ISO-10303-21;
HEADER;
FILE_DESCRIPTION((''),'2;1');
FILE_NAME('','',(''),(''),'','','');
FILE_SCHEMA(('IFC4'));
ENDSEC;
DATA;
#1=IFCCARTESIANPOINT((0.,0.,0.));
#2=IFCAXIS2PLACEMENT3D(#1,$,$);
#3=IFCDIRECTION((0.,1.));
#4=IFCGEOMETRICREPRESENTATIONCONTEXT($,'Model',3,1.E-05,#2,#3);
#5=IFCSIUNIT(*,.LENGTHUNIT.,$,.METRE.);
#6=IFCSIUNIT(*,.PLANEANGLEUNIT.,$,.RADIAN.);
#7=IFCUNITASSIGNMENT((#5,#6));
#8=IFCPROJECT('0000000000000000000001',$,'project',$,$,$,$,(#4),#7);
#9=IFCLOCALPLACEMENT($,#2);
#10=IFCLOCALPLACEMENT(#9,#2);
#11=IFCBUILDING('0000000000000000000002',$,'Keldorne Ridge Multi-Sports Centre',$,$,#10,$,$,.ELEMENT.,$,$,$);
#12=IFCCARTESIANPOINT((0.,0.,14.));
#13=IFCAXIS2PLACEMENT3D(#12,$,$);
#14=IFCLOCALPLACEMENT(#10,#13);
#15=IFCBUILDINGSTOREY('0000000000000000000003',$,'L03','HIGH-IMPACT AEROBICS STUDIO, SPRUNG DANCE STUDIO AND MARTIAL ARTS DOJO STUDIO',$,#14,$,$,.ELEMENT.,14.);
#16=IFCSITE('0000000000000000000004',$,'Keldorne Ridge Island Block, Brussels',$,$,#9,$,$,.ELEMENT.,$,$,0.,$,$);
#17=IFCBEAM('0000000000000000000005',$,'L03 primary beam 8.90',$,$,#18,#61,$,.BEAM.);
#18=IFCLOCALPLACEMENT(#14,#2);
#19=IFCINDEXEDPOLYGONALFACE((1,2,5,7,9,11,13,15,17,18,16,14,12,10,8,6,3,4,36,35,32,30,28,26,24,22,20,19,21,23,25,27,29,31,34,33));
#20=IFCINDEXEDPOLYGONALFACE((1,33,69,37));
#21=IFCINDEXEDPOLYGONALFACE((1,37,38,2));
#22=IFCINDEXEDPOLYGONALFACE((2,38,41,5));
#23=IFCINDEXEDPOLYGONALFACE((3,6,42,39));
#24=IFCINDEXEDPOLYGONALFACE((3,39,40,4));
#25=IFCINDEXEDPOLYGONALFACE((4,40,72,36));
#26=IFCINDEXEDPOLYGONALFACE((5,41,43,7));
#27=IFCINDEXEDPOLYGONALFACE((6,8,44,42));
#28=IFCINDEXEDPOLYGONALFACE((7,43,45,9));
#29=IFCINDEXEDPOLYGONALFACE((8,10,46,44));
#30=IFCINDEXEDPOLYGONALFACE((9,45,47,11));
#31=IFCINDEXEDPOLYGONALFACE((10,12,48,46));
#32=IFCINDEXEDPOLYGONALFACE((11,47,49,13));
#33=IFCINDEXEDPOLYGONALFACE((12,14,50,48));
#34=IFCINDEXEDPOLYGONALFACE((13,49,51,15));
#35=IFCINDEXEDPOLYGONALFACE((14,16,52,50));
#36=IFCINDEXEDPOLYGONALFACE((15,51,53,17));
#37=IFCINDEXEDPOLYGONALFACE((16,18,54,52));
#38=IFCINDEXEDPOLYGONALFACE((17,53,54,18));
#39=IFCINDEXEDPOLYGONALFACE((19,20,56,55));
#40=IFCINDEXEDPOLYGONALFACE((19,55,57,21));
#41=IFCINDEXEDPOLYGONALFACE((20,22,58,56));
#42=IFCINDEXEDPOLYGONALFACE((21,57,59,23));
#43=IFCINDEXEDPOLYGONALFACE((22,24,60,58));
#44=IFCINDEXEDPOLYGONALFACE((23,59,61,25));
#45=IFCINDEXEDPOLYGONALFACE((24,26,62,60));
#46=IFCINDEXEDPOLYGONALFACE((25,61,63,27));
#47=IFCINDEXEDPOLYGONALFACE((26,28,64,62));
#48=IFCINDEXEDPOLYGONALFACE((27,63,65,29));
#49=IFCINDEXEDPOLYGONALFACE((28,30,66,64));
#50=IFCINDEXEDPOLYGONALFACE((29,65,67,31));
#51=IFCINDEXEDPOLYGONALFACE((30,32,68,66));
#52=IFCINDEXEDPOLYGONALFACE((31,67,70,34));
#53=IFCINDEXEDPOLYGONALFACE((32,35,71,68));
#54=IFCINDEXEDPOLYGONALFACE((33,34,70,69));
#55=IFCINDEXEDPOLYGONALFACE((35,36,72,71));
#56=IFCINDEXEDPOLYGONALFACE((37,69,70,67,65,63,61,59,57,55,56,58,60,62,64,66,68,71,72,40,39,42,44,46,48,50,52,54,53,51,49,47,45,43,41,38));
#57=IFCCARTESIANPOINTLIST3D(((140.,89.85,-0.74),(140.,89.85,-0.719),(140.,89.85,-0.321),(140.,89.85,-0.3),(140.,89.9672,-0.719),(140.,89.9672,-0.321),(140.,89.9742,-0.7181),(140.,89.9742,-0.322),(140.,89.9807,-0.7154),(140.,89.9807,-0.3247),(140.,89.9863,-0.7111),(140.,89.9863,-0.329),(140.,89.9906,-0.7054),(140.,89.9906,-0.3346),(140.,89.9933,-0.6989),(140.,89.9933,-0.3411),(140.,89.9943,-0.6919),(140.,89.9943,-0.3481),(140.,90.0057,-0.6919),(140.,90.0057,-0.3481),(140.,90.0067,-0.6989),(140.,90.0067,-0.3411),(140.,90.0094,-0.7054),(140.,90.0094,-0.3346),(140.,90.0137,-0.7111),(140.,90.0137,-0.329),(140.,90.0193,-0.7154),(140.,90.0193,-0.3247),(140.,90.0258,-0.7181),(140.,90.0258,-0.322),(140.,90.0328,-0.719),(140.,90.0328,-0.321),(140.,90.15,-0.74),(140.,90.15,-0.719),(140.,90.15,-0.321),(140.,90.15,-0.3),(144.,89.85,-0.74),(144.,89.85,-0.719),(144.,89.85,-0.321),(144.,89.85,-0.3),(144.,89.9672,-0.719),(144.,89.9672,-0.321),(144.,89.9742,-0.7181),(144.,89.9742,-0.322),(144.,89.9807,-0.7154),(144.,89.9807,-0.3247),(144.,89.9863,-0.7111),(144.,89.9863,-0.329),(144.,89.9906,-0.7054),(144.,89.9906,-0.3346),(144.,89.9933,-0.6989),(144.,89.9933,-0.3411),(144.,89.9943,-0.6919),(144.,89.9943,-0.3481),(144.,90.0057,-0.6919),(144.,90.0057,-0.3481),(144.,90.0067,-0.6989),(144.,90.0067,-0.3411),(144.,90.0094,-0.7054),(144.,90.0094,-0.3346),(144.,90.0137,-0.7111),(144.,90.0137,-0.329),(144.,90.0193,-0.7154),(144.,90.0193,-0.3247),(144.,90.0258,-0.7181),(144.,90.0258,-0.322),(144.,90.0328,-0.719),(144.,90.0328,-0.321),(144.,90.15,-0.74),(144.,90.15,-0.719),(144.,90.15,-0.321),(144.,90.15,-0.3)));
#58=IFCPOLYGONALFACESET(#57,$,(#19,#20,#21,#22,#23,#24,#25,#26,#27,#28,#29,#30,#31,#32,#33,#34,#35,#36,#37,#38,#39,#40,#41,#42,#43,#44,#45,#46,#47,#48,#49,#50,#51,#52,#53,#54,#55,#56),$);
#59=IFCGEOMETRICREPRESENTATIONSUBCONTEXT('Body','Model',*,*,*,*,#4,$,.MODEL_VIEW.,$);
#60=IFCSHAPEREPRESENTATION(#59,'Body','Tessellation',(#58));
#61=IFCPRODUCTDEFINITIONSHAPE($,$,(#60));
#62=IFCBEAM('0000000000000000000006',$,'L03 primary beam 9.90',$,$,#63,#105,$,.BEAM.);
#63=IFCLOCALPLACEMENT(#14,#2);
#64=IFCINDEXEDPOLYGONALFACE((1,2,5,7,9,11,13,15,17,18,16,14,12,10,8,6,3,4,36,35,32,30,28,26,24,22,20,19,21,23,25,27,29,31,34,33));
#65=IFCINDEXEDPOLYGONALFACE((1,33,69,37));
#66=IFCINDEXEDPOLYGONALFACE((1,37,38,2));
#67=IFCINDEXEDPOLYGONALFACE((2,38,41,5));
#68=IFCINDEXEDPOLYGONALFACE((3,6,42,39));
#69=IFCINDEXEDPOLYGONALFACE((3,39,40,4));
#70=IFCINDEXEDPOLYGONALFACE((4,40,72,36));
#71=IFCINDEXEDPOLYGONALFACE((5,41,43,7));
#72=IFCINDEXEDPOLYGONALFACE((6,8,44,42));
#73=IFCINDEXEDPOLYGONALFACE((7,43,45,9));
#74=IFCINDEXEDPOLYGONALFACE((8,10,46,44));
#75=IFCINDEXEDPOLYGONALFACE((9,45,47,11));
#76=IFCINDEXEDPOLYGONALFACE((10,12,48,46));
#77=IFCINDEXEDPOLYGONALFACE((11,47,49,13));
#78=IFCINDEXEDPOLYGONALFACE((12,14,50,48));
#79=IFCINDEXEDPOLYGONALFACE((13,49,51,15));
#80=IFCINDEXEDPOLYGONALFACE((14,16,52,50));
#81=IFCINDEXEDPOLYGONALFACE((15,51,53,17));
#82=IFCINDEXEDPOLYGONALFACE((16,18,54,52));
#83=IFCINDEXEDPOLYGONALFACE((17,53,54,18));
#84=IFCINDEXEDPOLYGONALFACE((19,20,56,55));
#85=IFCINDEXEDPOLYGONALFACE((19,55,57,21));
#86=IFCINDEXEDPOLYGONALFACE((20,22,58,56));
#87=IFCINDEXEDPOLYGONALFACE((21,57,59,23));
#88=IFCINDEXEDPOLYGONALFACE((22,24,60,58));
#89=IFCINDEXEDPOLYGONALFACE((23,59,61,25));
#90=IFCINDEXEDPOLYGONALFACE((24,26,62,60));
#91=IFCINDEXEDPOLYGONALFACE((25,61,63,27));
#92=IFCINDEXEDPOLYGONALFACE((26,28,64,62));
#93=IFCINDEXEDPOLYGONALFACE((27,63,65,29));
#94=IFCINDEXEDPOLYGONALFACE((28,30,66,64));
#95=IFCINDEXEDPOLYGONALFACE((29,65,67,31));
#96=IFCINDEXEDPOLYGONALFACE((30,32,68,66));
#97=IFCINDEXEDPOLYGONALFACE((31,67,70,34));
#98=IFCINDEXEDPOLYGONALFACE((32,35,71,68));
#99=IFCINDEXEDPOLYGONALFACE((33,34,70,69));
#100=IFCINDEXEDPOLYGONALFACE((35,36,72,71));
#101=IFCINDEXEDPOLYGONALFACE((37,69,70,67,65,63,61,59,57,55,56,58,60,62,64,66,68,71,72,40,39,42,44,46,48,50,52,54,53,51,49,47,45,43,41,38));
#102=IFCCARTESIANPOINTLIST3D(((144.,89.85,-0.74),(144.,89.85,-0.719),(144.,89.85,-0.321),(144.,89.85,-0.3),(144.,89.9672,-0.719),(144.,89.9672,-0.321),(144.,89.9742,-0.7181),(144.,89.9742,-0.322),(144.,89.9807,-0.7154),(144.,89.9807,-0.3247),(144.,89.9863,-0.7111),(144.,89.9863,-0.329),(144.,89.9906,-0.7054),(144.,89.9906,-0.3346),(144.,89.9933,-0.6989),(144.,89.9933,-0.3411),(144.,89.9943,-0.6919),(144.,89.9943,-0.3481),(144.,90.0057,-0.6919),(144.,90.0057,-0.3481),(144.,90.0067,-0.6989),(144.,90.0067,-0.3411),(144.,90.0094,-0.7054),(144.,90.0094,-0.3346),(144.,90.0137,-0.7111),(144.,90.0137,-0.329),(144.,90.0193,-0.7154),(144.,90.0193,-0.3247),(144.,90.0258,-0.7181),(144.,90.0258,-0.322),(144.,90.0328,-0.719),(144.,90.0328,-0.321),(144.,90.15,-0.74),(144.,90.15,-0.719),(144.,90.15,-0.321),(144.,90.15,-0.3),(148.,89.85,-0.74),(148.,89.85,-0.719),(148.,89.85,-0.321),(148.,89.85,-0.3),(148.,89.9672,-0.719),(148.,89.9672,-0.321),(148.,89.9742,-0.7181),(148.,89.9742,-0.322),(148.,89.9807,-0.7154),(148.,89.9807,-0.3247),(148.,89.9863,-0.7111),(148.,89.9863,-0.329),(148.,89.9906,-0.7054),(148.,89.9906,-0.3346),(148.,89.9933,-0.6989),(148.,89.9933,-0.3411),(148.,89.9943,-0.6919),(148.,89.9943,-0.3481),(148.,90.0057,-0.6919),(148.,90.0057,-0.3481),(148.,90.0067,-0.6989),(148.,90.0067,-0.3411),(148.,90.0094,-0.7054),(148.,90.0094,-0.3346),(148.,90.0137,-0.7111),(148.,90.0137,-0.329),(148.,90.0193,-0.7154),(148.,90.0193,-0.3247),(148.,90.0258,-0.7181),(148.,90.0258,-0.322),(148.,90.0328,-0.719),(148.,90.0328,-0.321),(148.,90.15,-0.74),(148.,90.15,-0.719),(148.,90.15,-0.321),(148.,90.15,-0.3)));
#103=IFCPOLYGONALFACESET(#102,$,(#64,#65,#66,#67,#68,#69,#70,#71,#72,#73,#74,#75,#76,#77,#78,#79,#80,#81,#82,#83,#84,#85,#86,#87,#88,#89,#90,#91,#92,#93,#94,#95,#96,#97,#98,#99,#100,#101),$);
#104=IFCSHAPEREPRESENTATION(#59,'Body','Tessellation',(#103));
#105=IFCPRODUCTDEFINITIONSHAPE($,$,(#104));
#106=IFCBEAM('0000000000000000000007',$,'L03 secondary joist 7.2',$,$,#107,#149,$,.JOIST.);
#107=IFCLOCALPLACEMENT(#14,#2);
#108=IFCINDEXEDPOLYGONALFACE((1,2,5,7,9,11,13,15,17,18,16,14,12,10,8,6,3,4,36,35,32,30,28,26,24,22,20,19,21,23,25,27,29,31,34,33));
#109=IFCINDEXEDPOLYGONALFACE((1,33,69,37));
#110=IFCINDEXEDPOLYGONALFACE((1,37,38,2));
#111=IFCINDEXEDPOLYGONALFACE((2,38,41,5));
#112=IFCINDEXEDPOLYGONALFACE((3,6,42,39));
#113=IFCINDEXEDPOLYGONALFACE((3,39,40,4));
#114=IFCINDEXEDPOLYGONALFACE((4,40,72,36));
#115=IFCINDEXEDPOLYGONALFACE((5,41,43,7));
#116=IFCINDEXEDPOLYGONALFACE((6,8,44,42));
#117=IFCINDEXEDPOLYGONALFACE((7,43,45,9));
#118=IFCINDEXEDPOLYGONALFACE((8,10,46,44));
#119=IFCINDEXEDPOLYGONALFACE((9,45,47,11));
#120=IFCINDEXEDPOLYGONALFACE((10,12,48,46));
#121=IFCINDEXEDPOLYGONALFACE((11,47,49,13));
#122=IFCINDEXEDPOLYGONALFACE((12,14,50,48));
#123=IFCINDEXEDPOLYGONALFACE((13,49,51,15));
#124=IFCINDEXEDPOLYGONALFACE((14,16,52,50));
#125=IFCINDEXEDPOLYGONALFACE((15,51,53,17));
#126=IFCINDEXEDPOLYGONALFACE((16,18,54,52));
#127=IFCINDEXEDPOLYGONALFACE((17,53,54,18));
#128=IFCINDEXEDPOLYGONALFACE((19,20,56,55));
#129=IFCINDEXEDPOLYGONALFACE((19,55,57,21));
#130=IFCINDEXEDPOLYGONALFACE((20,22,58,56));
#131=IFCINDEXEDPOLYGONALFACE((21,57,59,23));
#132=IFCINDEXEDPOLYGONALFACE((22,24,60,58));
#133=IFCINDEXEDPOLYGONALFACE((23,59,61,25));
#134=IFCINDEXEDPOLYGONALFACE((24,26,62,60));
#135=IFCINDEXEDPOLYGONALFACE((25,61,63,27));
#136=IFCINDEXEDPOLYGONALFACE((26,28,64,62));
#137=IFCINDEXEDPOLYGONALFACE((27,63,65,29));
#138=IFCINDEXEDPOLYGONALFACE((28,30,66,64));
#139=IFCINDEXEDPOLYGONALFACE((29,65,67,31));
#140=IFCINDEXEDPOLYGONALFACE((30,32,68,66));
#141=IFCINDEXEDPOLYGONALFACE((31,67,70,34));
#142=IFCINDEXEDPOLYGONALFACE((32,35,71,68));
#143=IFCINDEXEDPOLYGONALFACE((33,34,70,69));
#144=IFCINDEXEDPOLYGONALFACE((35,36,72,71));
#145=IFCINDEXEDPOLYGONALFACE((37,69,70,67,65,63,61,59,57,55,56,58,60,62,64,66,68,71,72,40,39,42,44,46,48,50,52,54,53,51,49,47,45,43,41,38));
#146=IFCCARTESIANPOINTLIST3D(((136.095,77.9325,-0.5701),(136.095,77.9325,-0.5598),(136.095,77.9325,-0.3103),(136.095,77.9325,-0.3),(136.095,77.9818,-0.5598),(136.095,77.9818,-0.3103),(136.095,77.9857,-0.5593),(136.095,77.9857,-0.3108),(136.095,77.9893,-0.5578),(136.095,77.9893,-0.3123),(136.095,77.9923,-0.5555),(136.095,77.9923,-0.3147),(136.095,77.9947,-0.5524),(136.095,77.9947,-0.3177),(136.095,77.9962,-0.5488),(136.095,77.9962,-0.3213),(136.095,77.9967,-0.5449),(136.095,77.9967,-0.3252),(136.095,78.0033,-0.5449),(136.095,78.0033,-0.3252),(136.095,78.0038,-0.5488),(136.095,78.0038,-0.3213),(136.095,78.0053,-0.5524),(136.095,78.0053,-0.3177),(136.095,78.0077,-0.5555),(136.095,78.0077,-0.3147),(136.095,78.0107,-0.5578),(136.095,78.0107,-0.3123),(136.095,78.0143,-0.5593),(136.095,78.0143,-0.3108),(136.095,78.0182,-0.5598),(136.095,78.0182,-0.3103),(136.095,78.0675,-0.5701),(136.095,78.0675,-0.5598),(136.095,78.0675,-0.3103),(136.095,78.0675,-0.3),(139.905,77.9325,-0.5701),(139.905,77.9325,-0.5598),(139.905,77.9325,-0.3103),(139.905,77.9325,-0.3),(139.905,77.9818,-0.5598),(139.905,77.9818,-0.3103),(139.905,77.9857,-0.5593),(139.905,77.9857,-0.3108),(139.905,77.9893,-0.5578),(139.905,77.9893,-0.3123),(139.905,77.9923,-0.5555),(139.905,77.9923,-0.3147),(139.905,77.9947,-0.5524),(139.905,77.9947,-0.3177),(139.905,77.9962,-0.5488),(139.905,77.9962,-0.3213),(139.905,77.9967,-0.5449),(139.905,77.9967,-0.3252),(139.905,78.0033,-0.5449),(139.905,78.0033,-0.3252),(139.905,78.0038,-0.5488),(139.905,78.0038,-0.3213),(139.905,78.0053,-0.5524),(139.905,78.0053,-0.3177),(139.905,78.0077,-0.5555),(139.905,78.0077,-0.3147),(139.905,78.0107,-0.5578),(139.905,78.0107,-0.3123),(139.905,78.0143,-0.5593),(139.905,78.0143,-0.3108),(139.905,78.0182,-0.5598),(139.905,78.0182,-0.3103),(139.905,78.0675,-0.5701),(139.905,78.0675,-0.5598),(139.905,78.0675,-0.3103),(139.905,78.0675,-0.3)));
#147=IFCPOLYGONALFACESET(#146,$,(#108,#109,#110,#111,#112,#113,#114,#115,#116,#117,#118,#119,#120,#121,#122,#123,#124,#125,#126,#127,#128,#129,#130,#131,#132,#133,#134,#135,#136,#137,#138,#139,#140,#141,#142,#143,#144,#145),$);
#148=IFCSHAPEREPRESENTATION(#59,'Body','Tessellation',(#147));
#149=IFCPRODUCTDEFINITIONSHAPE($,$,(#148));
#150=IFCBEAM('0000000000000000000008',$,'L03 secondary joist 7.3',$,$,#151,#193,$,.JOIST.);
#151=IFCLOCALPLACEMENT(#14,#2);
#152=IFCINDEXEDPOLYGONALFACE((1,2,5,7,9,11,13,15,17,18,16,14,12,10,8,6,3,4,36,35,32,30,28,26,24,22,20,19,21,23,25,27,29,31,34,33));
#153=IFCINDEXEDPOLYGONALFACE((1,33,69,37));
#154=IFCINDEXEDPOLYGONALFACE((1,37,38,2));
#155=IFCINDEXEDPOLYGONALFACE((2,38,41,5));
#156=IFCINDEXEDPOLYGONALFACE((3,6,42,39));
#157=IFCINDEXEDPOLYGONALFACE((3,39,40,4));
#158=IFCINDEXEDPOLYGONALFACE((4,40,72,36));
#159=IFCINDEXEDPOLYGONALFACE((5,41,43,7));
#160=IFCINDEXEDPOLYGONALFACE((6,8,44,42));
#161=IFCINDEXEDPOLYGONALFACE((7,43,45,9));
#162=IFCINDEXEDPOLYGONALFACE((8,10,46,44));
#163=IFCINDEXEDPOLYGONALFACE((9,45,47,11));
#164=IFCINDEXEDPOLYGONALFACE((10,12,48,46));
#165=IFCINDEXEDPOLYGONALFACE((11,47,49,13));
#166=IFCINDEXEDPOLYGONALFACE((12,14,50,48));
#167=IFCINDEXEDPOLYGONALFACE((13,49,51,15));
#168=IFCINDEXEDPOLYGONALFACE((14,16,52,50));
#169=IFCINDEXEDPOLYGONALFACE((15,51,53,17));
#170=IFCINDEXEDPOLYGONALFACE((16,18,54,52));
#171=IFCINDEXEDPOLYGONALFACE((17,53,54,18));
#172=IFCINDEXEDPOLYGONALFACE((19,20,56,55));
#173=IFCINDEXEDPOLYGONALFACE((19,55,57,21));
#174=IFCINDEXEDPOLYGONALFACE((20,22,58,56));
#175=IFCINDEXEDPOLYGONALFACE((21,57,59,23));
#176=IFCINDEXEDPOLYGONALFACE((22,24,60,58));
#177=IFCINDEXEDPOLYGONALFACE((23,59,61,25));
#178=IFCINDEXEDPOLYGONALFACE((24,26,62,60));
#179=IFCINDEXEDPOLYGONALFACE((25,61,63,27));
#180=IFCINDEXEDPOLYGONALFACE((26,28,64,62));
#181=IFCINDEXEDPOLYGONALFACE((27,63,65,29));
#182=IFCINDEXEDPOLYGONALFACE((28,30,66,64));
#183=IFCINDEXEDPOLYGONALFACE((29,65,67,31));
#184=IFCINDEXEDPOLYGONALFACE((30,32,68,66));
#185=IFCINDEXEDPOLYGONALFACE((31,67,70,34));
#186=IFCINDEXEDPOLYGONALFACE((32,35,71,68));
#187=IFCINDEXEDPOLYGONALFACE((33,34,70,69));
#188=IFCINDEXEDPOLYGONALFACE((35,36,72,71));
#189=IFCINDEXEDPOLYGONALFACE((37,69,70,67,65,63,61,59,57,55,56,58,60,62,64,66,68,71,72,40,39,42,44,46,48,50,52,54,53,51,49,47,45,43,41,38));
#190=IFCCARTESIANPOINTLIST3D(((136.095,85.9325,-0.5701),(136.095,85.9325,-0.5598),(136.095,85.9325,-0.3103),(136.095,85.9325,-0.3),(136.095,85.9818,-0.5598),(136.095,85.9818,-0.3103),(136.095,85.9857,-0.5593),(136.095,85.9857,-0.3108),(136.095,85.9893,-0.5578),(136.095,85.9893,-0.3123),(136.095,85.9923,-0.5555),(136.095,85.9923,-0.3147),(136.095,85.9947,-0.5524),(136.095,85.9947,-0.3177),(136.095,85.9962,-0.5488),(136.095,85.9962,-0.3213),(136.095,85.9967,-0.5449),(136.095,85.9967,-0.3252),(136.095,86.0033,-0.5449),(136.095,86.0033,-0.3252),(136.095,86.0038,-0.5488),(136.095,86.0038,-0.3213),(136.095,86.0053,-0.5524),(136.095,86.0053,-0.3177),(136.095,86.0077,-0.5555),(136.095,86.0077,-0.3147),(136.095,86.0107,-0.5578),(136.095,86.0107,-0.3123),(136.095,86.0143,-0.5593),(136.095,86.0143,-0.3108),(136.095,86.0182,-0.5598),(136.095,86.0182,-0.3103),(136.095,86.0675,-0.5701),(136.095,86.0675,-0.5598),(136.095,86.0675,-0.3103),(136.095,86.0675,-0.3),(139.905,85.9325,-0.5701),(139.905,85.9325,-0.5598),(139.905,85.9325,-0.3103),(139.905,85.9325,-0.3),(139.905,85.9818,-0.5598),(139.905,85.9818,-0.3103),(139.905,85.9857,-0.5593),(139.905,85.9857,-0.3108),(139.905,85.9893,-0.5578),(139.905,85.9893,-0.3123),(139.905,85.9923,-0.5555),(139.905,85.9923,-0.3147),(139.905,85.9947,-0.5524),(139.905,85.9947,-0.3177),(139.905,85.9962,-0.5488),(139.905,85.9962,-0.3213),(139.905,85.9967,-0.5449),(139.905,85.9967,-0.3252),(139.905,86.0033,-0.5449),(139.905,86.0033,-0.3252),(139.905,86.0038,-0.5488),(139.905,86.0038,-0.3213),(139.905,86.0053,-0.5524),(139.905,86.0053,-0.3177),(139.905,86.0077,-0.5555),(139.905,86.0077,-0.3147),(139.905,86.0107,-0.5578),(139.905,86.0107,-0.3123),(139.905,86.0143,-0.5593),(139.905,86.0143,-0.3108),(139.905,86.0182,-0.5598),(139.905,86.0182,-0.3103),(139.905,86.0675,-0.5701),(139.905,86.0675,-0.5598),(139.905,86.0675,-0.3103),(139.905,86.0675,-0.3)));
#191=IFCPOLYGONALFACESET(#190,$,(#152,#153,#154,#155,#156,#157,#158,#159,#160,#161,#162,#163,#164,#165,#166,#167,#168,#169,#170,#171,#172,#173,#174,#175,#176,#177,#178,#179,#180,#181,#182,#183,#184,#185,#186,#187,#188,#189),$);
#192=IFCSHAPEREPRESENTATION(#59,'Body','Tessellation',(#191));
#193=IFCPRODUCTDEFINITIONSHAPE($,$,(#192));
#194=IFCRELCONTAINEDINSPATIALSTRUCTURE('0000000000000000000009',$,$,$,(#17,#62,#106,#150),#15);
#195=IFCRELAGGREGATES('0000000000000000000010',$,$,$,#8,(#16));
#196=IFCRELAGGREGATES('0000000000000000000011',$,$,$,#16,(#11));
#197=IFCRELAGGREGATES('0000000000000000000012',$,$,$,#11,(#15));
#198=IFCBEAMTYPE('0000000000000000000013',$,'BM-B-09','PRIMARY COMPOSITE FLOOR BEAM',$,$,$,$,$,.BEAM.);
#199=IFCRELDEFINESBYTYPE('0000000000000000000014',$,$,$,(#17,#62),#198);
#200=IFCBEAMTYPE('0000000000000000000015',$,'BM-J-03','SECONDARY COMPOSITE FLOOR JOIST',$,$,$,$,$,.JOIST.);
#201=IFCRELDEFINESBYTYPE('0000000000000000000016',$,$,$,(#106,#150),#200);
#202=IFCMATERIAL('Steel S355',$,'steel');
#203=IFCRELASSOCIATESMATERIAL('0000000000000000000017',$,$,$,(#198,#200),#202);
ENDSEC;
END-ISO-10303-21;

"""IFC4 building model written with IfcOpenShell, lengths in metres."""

from ifc_helpers import new_model, si_unit, direction, frame, origin, origin_2d, place, context, subcontext, project, spatial, i_section, extrude, material, material_profile, profile_set, type_object, element, save


model = new_model("IFC4")

# Units and contexts
model_context = context("Model", 3, precision=1e-05, world=origin(), true_north=direction((0.0, 1.0)))
body_context = subcontext(model_context, "Body", "Model", "MODEL_VIEW")
ifc_project = project(units=[si_unit("LENGTHUNIT", "METRE"), si_unit("PLANEANGLEUNIT", "RADIAN")], contexts=[model_context])

# Site, building, storey
site_placement = place(None, origin())
site = spatial("IfcSite", under=ifc_project, at=site_placement, Name="Keldorne Ridge Island Block, Brussels", CompositionType="ELEMENT", RefElevation=0.0)
building_placement = place(site_placement, origin())
building = spatial("IfcBuilding", under=site, at=building_placement, Name="Keldorne Ridge Multi-Sports Centre", CompositionType="ELEMENT")
storey_placement = place(building_placement, frame((0.0, 0.0, 14.0)))
storey = spatial("IfcBuildingStorey", under=building, at=storey_placement, Name="L03", Description="HIGH-IMPACT AEROBICS STUDIO, SPRUNG DANCE STUDIO AND MARTIAL ARTS DOJO STUDIO", CompositionType="ELEMENT", Elevation=14.0)

# Shared definitions
ifc_material_1 = material(Name="Steel S355", Category="steel")

# Beams
ifc_material_profile_1 = material_profile(ifc_material_1, i_section(OverallWidth=0.3, OverallDepth=0.4399, WebThickness=0.0115, FlangeThickness=0.021, FilletRadius=0.0271, at=origin_2d()), Name="HEA 450")
ifc_profile_set_1 = profile_set([ifc_material_profile_1], Name="Steel S355")
beam_type_1 = type_object("IfcBeamType", Name="BM-B-09", Description="PRIMARY COMPOSITE FLOOR BEAM", PredefinedType="BEAM", material=ifc_profile_set_1)
for number, where, z_axis, x_axis, name in (
    (1, (140.0, 90.0, -0.52), (1.0, 0.0, 0.0), (0.0, 1.0, 0.0), "L03 primary beam 8.90"),
    (2, (144.0, 90.0, -0.52), (1.0, 0.0, 0.0), (0.0, 1.0, 0.0), "L03 primary beam 9.90"),
):
    element("IfcBeam", number, at=place(storey_placement, frame(where, z_axis=z_axis, x_axis=x_axis)), inside=storey, type_object=beam_type_1, Name=name, PredefinedType="BEAM", context=body_context, shape_type="SweptSolid", body=[
        extrude(i_section(OverallWidth=0.3, OverallDepth=0.4399, WebThickness=0.0115, FlangeThickness=0.021, FilletRadius=0.0271, at=origin_2d()), origin(), (0.0, 0.0, 1.0), 4.0),
    ])
ifc_material_profile_2 = material_profile(ifc_material_1, i_section(OverallWidth=0.135, OverallDepth=0.27, WebThickness=0.0066, FlangeThickness=0.0103, FilletRadius=0.0149, at=origin_2d()), Name="IPE 270")
ifc_profile_set_2 = profile_set([ifc_material_profile_2], Name="Steel S355")
beam_type_2 = type_object("IfcBeamType", Name="BM-J-03", Description="SECONDARY COMPOSITE FLOOR JOIST", PredefinedType="JOIST", material=ifc_profile_set_2)
for number, where, z_axis, x_axis, name in (
    (3, (136.095, 78.0, -0.4351), (1.0, 0.0, 0.0), (0.0, 1.0, 0.0), "L03 secondary joist 7.2"),
    (4, (136.095, 86.0, -0.4351), (1.0, 0.0, 0.0), (0.0, 1.0, 0.0), "L03 secondary joist 7.3"),
):
    element("IfcBeam", number, at=place(storey_placement, frame(where, z_axis=z_axis, x_axis=x_axis)), inside=storey, type_object=beam_type_2, Name=name, PredefinedType="JOIST", context=body_context, shape_type="SweptSolid", body=[
        extrude(i_section(OverallWidth=0.135, OverallDepth=0.27, WebThickness=0.0066, FlangeThickness=0.0103, FilletRadius=0.0149, at=origin_2d()), origin(), (0.0, 0.0, 1.0), 3.8101),
    ])

save(model, "model.ifc")
